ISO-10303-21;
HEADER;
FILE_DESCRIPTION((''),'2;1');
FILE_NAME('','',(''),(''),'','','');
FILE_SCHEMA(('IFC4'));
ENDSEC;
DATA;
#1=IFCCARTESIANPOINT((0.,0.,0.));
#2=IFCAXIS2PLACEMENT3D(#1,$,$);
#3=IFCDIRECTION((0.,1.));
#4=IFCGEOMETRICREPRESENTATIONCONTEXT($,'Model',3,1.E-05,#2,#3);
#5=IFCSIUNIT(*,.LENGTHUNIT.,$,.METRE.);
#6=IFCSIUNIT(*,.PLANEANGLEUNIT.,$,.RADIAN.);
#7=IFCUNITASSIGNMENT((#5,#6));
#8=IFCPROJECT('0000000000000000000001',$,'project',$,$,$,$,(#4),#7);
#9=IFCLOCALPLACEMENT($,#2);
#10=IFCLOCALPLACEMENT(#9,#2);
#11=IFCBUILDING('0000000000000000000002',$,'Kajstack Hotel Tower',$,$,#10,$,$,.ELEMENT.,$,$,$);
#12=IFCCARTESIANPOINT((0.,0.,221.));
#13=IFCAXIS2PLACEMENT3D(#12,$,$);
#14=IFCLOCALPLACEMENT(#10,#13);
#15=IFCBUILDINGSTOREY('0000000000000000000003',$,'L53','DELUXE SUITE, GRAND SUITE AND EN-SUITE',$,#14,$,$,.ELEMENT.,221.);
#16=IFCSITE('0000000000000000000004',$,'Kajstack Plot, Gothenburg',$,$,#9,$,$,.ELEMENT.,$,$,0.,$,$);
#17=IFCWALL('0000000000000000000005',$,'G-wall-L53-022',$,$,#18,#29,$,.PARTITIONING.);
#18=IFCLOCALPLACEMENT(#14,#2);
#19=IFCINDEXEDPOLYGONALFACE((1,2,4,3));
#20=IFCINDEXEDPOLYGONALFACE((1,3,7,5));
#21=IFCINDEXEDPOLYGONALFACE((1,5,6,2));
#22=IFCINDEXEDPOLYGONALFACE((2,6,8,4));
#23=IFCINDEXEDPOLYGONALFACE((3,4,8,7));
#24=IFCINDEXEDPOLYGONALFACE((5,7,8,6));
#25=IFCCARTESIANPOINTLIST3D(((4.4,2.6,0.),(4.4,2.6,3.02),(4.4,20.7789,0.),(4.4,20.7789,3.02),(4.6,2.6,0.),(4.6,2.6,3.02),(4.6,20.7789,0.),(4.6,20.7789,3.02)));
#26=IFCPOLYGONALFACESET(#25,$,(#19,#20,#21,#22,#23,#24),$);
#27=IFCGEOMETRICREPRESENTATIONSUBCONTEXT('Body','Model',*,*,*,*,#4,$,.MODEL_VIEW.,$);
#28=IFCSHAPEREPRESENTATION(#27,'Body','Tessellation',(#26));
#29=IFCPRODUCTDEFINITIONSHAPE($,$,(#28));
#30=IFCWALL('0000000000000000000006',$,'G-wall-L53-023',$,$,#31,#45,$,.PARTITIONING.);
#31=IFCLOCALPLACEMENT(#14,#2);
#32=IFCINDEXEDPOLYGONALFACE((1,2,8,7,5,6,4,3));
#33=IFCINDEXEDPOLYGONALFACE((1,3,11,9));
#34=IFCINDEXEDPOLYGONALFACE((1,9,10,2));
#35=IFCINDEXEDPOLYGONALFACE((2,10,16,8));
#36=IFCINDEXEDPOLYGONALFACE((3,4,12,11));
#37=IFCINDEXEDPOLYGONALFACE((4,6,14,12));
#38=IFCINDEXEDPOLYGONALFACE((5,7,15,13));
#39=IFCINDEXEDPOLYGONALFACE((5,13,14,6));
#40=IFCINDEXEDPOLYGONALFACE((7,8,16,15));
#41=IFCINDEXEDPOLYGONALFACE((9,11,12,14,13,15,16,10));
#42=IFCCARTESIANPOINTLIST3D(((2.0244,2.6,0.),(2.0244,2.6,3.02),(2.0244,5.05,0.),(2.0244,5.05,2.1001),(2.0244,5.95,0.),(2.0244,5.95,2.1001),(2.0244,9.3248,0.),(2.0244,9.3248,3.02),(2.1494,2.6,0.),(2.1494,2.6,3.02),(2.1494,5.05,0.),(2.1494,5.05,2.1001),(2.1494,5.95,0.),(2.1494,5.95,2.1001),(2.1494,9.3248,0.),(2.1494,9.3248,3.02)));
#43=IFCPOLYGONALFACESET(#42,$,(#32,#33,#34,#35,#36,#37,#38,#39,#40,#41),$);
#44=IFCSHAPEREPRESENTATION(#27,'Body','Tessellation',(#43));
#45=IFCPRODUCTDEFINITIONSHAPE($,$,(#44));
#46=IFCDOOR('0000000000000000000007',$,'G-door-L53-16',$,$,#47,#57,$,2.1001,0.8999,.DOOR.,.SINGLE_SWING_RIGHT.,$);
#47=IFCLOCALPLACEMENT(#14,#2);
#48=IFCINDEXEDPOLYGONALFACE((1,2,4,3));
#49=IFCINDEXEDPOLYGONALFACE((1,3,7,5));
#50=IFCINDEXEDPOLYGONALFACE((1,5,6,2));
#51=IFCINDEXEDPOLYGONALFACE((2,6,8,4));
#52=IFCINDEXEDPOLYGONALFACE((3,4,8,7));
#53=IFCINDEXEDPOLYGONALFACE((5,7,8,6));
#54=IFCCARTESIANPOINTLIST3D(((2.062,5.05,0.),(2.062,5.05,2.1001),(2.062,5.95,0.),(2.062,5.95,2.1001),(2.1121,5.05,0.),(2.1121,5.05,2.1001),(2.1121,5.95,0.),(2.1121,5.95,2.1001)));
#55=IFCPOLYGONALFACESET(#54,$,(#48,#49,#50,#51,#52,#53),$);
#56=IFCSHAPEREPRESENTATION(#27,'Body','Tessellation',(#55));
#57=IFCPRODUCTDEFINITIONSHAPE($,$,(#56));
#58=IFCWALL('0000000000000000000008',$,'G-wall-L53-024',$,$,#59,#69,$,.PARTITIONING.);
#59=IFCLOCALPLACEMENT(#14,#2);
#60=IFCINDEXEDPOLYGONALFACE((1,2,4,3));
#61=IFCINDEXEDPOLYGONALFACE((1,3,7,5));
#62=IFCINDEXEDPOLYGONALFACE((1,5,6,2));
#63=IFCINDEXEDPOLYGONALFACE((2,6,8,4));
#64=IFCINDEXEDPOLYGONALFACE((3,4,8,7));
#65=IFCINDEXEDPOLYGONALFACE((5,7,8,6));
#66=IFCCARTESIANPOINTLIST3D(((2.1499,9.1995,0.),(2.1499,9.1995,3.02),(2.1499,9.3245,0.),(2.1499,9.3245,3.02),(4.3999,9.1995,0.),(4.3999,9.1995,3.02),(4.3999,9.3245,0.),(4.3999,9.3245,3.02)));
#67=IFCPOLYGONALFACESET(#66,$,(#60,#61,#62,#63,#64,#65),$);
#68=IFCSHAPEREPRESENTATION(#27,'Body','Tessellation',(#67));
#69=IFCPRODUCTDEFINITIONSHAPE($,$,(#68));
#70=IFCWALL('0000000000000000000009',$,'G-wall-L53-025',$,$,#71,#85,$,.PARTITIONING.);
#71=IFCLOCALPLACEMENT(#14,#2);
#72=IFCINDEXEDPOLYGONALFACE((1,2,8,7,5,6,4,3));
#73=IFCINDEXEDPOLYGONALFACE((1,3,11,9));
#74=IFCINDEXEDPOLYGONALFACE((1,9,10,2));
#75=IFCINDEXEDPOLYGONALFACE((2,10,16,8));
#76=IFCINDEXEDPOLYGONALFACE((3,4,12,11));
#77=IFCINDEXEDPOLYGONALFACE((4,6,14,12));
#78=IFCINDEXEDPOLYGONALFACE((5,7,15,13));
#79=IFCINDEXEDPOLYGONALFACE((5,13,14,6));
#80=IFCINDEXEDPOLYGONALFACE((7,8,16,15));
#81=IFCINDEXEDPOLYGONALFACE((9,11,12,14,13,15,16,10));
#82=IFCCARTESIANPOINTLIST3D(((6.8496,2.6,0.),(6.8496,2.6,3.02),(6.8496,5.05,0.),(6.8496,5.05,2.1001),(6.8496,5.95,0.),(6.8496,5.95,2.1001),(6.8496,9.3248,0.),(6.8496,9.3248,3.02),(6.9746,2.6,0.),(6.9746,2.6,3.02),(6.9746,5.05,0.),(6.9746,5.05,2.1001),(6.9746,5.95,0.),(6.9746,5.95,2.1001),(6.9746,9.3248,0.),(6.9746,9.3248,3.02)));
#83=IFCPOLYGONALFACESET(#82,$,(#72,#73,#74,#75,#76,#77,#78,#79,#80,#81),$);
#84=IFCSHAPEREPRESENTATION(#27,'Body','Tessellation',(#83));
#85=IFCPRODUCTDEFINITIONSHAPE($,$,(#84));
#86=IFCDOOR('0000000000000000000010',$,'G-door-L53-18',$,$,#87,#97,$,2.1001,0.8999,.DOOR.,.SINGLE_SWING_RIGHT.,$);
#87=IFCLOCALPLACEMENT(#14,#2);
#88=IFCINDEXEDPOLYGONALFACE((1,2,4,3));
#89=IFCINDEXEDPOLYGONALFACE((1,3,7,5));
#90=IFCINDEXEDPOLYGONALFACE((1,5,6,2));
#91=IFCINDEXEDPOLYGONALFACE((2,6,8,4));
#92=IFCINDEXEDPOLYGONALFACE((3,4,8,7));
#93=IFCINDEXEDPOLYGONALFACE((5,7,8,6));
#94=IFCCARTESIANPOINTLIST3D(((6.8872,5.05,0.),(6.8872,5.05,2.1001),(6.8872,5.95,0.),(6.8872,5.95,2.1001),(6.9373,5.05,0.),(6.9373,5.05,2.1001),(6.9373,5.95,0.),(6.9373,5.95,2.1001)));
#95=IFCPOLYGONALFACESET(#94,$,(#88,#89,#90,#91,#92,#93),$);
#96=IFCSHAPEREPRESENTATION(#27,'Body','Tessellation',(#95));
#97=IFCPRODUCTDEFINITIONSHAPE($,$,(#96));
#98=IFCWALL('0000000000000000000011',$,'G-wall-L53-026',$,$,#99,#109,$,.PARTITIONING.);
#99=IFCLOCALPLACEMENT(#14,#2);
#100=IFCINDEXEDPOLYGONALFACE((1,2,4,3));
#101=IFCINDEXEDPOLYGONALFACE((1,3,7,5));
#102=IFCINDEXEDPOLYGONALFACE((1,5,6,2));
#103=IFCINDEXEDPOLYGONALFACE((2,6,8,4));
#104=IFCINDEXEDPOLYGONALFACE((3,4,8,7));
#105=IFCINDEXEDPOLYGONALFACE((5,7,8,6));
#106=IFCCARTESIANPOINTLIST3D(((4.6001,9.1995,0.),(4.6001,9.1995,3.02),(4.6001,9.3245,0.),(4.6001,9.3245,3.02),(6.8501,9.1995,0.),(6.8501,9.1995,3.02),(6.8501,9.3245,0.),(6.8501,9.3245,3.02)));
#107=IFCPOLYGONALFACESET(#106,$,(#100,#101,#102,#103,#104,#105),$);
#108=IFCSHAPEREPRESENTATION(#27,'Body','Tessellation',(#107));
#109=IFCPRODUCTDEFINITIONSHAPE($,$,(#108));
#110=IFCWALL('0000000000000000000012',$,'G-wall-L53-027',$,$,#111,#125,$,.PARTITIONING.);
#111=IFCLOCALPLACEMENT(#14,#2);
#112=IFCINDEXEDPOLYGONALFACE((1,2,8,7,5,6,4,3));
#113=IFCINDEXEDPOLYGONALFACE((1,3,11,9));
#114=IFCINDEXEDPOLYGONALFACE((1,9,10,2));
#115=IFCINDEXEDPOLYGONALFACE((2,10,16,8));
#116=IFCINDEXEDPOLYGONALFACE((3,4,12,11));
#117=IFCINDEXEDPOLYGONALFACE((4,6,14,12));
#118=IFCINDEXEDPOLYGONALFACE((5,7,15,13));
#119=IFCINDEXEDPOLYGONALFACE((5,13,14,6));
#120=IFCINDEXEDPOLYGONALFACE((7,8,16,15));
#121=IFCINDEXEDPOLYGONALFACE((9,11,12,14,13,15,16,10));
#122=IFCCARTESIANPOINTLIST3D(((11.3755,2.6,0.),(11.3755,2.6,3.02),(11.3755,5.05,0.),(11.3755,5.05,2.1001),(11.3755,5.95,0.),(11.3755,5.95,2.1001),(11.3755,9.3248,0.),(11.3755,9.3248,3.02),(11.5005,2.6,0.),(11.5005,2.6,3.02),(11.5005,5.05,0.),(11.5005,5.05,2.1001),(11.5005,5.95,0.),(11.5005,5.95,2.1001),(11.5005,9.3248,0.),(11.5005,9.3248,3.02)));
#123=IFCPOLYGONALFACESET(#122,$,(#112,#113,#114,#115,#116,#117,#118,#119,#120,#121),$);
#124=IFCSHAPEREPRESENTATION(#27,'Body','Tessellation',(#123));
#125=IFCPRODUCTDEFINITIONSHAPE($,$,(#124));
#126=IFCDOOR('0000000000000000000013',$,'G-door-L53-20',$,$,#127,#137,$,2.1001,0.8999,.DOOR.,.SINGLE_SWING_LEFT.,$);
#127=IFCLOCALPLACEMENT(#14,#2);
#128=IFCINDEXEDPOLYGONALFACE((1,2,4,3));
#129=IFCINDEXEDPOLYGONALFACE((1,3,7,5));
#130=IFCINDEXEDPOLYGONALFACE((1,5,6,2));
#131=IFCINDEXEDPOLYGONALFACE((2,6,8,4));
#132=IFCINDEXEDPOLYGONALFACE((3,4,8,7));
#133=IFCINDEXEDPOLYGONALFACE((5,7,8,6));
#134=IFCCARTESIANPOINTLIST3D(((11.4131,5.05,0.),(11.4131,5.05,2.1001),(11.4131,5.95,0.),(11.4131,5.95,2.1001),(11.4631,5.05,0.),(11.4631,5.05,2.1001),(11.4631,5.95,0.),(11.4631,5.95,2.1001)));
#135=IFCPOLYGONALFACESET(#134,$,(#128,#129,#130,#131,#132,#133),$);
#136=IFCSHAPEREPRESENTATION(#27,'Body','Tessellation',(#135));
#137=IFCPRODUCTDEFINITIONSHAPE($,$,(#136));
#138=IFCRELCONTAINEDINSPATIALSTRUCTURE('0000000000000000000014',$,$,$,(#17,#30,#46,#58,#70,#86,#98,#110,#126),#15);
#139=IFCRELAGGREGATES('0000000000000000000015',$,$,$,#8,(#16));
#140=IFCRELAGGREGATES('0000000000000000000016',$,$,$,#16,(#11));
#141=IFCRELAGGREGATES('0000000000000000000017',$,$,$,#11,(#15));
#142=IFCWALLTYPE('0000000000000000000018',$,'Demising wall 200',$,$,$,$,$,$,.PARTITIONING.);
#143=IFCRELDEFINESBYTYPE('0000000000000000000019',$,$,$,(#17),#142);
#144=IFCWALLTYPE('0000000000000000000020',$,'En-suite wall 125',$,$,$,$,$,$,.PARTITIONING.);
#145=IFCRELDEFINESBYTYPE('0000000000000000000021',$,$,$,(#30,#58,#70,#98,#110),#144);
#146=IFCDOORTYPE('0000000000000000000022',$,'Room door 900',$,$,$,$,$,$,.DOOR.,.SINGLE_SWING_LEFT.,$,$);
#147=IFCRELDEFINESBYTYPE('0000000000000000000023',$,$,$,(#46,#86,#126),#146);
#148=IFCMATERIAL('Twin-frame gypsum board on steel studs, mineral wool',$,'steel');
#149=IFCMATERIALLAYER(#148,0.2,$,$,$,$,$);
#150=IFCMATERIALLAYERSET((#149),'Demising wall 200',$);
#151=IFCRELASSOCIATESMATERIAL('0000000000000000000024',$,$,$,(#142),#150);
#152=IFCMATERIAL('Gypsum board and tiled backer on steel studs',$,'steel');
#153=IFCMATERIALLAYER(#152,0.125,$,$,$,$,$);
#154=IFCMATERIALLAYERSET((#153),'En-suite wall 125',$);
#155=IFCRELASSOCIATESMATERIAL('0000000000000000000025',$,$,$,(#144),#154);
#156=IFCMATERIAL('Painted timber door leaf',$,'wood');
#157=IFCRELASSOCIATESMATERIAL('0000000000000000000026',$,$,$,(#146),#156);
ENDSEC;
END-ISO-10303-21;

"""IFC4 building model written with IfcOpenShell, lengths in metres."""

from ifc_helpers import new_model, si_unit, direction, frame, frame_2d, origin, place, context, subcontext, project, spatial, rectangle, extrude, material, layer, layer_set, type_object, element, fill, save


model = new_model("IFC4")

# Units and contexts
model_context = context("Model", 3, precision=1e-05, world=origin(), true_north=direction((0.0, 1.0)))
body_context = subcontext(model_context, "Body", "Model", "MODEL_VIEW")
ifc_project = project(units=[si_unit("LENGTHUNIT", "METRE"), si_unit("PLANEANGLEUNIT", "RADIAN")], contexts=[model_context])

# Site, building, storey
site_placement = place(None, origin())
site = spatial("IfcSite", under=ifc_project, at=site_placement, Name="Kajstack Plot, Gothenburg", CompositionType="ELEMENT", RefElevation=0.0)
building_placement = place(site_placement, origin())
building = spatial("IfcBuilding", under=site, at=building_placement, Name="Kajstack Hotel Tower", CompositionType="ELEMENT")
storey_placement = place(building_placement, frame((0.0, 0.0, 221.0)))
storey = spatial("IfcBuildingStorey", under=building, at=storey_placement, Name="L53", Description="DELUXE SUITE, GRAND SUITE AND EN-SUITE", CompositionType="ELEMENT", Elevation=221.0)

# Wall
ifc_material_1 = material(Name="Twin-frame gypsum board on steel studs, mineral wool", Category="steel")
ifc_layer_1 = layer(ifc_material_1, 0.2)
ifc_layer_set_1 = layer_set([ifc_layer_1], Name="Demising wall 200")
wall_type_1 = type_object("IfcWallType", Name="Demising wall 200", PredefinedType="PARTITIONING", material=ifc_layer_set_1)
wall_1_placement = place(storey_placement, frame((4.5, 2.6001, 0.0), z_axis=(0.0, 0.0, 1.0), x_axis=(0.0, 1.0, 0.0)))
element("IfcWall", 1, at=wall_1_placement, inside=storey, type_object=wall_type_1, Name="G-wall-L53-022", PredefinedType="PARTITIONING", context=body_context, shape_type="SweptSolid", body=[
    extrude(rectangle(XDim=18.179, YDim=0.2, at=frame_2d((9.0894, 0.0))), origin(), (0.0, 0.0, 1.0), 3.02),
])

# Wall, opening, door
ifc_material_2 = material(Name="Gypsum board and tiled backer on steel studs", Category="steel")
ifc_layer_2 = layer(ifc_material_2, 0.125)
ifc_layer_set_2 = layer_set([ifc_layer_2], Name="En-suite wall 125")
wall_type_2 = type_object("IfcWallType", Name="En-suite wall 125", PredefinedType="PARTITIONING", material=ifc_layer_set_2)
wall_2_placement = place(storey_placement, frame((2.0869, 2.6001, 0.0), z_axis=(0.0, 0.0, 1.0), x_axis=(0.0, 1.0, 0.0)))
wall_2 = element("IfcWall", 2, at=wall_2_placement, inside=storey, type_object=wall_type_2, Name="G-wall-L53-023", PredefinedType="PARTITIONING", context=body_context, shape_type="SweptSolid", body=[
    extrude(rectangle(XDim=6.7249, YDim=0.125, at=frame_2d((3.3623, 0.0))), origin(), (0.0, 0.0, 1.0), 3.02),
])
opening_1_placement = place(wall_2_placement, frame((2.45, 0.0, 0.0)))
opening_1 = element("IfcOpeningElement", 3, at=opening_1_placement, cuts=wall_2, PredefinedType="OPENING", context=body_context, shape_type="SweptSolid", body=[
    extrude(rectangle(XDim=0.8999, YDim=2.1001, at=frame_2d((0.45, 1.05))), frame((0.0, 0.0725, 0.0), z_axis=(0.0, -1.0, 0.0), x_axis=(1.0, 0.0, 0.0)), (0.0, 0.0, 1.0), 0.145),
])
ifc_material_3 = material(Name="Painted timber door leaf", Category="wood")
door_type_1 = type_object("IfcDoorType", Name="Room door 900", OperationType="SINGLE_SWING_LEFT", PredefinedType="DOOR", material=ifc_material_3)
door_1_placement = place(opening_1_placement, origin())
door_1 = element("IfcDoor", 4, at=door_1_placement, inside=storey, type_object=door_type_1, Name="G-door-L53-16", OperationType="SINGLE_SWING_RIGHT", OverallHeight=2.1001, OverallWidth=0.8999, PredefinedType="DOOR", context=body_context, shape_type="SweptSolid", body=[
    extrude(rectangle(XDim=0.8999, YDim=2.1001, at=frame_2d((0.45, 1.05))), frame((0.0, 0.0249, 0.0), z_axis=(0.0, -1.0, 0.0), x_axis=(1.0, 0.0, 0.0)), (0.0, 0.0, 1.0), 0.05),
])
fill(opening_1, door_1)

# Wall
wall_3_placement = place(storey_placement, frame((2.1499, 9.262, 0.0), z_axis=(0.0, 0.0, 1.0), x_axis=(1.0, 0.0, 0.0)))
element("IfcWall", 5, at=wall_3_placement, inside=storey, type_object=wall_type_2, Name="G-wall-L53-024", PredefinedType="PARTITIONING", context=body_context, shape_type="SweptSolid", body=[
    extrude(rectangle(XDim=2.25, YDim=0.125, at=frame_2d((1.125, 0.0))), origin(), (0.0, 0.0, 1.0), 3.02),
])

# Wall, opening, door
wall_4_placement = place(storey_placement, frame((6.9121, 2.6001, 0.0), z_axis=(0.0, 0.0, 1.0), x_axis=(0.0, 1.0, 0.0)))
wall_4 = element("IfcWall", 6, at=wall_4_placement, inside=storey, type_object=wall_type_2, Name="G-wall-L53-025", PredefinedType="PARTITIONING", context=body_context, shape_type="SweptSolid", body=[
    extrude(rectangle(XDim=6.7249, YDim=0.125, at=frame_2d((3.3623, 0.0))), origin(), (0.0, 0.0, 1.0), 3.02),
])
opening_2_placement = place(wall_4_placement, frame((2.45, 0.0, 0.0)))
opening_2 = element("IfcOpeningElement", 7, at=opening_2_placement, cuts=wall_4, PredefinedType="OPENING", context=body_context, shape_type="SweptSolid", body=[
    extrude(rectangle(XDim=0.8999, YDim=2.1001, at=frame_2d((0.45, 1.05))), frame((0.0, 0.0725, 0.0), z_axis=(0.0, -1.0, 0.0), x_axis=(1.0, 0.0, 0.0)), (0.0, 0.0, 1.0), 0.145),
])
door_2_placement = place(opening_2_placement, origin())
door_2 = element("IfcDoor", 8, at=door_2_placement, inside=storey, type_object=door_type_1, Name="G-door-L53-18", OperationType="SINGLE_SWING_RIGHT", OverallHeight=2.1001, OverallWidth=0.8999, PredefinedType="DOOR", context=body_context, shape_type="SweptSolid", body=[
    extrude(rectangle(XDim=0.8999, YDim=2.1001, at=frame_2d((0.45, 1.05))), frame((0.0, 0.0249, 0.0), z_axis=(0.0, -1.0, 0.0), x_axis=(1.0, 0.0, 0.0)), (0.0, 0.0, 1.0), 0.05),
])
fill(opening_2, door_2)

# Wall
wall_5_placement = place(storey_placement, frame((4.6001, 9.262, 0.0), z_axis=(0.0, 0.0, 1.0), x_axis=(1.0, 0.0, 0.0)))
element("IfcWall", 9, at=wall_5_placement, inside=storey, type_object=wall_type_2, Name="G-wall-L53-026", PredefinedType="PARTITIONING", context=body_context, shape_type="SweptSolid", body=[
    extrude(rectangle(XDim=2.25, YDim=0.125, at=frame_2d((1.125, 0.0))), origin(), (0.0, 0.0, 1.0), 3.02),
])

# Wall, opening, door
wall_6_placement = place(storey_placement, frame((11.438, 2.6001, 0.0), z_axis=(0.0, 0.0, 1.0), x_axis=(0.0, 1.0, 0.0)))
wall_6 = element("IfcWall", 10, at=wall_6_placement, inside=storey, type_object=wall_type_2, Name="G-wall-L53-027", PredefinedType="PARTITIONING", context=body_context, shape_type="SweptSolid", body=[
    extrude(rectangle(XDim=6.7249, YDim=0.125, at=frame_2d((3.3623, 0.0))), origin(), (0.0, 0.0, 1.0), 3.02),
])
opening_3_placement = place(wall_6_placement, frame((2.45, 0.0, 0.0)))
opening_3 = element("IfcOpeningElement", 11, at=opening_3_placement, cuts=wall_6, PredefinedType="OPENING", context=body_context, shape_type="SweptSolid", body=[
    extrude(rectangle(XDim=0.8999, YDim=2.1001, at=frame_2d((0.45, 1.05))), frame((0.0, 0.0725, 0.0), z_axis=(0.0, -1.0, 0.0), x_axis=(1.0, 0.0, 0.0)), (0.0, 0.0, 1.0), 0.145),
])
door_3_placement = place(opening_3_placement, origin())
door_3 = element("IfcDoor", 12, at=door_3_placement, inside=storey, type_object=door_type_1, Name="G-door-L53-20", OperationType="SINGLE_SWING_LEFT", OverallHeight=2.1001, OverallWidth=0.8999, PredefinedType="DOOR", context=body_context, shape_type="SweptSolid", body=[
    extrude(rectangle(XDim=0.8999, YDim=2.1001, at=frame_2d((0.45, 1.05))), frame((0.0, 0.0249, 0.0), z_axis=(0.0, -1.0, 0.0), x_axis=(1.0, 0.0, 0.0)), (0.0, 0.0, 1.0), 0.05),
])
fill(opening_3, door_3)

save(model, "model.ifc")
